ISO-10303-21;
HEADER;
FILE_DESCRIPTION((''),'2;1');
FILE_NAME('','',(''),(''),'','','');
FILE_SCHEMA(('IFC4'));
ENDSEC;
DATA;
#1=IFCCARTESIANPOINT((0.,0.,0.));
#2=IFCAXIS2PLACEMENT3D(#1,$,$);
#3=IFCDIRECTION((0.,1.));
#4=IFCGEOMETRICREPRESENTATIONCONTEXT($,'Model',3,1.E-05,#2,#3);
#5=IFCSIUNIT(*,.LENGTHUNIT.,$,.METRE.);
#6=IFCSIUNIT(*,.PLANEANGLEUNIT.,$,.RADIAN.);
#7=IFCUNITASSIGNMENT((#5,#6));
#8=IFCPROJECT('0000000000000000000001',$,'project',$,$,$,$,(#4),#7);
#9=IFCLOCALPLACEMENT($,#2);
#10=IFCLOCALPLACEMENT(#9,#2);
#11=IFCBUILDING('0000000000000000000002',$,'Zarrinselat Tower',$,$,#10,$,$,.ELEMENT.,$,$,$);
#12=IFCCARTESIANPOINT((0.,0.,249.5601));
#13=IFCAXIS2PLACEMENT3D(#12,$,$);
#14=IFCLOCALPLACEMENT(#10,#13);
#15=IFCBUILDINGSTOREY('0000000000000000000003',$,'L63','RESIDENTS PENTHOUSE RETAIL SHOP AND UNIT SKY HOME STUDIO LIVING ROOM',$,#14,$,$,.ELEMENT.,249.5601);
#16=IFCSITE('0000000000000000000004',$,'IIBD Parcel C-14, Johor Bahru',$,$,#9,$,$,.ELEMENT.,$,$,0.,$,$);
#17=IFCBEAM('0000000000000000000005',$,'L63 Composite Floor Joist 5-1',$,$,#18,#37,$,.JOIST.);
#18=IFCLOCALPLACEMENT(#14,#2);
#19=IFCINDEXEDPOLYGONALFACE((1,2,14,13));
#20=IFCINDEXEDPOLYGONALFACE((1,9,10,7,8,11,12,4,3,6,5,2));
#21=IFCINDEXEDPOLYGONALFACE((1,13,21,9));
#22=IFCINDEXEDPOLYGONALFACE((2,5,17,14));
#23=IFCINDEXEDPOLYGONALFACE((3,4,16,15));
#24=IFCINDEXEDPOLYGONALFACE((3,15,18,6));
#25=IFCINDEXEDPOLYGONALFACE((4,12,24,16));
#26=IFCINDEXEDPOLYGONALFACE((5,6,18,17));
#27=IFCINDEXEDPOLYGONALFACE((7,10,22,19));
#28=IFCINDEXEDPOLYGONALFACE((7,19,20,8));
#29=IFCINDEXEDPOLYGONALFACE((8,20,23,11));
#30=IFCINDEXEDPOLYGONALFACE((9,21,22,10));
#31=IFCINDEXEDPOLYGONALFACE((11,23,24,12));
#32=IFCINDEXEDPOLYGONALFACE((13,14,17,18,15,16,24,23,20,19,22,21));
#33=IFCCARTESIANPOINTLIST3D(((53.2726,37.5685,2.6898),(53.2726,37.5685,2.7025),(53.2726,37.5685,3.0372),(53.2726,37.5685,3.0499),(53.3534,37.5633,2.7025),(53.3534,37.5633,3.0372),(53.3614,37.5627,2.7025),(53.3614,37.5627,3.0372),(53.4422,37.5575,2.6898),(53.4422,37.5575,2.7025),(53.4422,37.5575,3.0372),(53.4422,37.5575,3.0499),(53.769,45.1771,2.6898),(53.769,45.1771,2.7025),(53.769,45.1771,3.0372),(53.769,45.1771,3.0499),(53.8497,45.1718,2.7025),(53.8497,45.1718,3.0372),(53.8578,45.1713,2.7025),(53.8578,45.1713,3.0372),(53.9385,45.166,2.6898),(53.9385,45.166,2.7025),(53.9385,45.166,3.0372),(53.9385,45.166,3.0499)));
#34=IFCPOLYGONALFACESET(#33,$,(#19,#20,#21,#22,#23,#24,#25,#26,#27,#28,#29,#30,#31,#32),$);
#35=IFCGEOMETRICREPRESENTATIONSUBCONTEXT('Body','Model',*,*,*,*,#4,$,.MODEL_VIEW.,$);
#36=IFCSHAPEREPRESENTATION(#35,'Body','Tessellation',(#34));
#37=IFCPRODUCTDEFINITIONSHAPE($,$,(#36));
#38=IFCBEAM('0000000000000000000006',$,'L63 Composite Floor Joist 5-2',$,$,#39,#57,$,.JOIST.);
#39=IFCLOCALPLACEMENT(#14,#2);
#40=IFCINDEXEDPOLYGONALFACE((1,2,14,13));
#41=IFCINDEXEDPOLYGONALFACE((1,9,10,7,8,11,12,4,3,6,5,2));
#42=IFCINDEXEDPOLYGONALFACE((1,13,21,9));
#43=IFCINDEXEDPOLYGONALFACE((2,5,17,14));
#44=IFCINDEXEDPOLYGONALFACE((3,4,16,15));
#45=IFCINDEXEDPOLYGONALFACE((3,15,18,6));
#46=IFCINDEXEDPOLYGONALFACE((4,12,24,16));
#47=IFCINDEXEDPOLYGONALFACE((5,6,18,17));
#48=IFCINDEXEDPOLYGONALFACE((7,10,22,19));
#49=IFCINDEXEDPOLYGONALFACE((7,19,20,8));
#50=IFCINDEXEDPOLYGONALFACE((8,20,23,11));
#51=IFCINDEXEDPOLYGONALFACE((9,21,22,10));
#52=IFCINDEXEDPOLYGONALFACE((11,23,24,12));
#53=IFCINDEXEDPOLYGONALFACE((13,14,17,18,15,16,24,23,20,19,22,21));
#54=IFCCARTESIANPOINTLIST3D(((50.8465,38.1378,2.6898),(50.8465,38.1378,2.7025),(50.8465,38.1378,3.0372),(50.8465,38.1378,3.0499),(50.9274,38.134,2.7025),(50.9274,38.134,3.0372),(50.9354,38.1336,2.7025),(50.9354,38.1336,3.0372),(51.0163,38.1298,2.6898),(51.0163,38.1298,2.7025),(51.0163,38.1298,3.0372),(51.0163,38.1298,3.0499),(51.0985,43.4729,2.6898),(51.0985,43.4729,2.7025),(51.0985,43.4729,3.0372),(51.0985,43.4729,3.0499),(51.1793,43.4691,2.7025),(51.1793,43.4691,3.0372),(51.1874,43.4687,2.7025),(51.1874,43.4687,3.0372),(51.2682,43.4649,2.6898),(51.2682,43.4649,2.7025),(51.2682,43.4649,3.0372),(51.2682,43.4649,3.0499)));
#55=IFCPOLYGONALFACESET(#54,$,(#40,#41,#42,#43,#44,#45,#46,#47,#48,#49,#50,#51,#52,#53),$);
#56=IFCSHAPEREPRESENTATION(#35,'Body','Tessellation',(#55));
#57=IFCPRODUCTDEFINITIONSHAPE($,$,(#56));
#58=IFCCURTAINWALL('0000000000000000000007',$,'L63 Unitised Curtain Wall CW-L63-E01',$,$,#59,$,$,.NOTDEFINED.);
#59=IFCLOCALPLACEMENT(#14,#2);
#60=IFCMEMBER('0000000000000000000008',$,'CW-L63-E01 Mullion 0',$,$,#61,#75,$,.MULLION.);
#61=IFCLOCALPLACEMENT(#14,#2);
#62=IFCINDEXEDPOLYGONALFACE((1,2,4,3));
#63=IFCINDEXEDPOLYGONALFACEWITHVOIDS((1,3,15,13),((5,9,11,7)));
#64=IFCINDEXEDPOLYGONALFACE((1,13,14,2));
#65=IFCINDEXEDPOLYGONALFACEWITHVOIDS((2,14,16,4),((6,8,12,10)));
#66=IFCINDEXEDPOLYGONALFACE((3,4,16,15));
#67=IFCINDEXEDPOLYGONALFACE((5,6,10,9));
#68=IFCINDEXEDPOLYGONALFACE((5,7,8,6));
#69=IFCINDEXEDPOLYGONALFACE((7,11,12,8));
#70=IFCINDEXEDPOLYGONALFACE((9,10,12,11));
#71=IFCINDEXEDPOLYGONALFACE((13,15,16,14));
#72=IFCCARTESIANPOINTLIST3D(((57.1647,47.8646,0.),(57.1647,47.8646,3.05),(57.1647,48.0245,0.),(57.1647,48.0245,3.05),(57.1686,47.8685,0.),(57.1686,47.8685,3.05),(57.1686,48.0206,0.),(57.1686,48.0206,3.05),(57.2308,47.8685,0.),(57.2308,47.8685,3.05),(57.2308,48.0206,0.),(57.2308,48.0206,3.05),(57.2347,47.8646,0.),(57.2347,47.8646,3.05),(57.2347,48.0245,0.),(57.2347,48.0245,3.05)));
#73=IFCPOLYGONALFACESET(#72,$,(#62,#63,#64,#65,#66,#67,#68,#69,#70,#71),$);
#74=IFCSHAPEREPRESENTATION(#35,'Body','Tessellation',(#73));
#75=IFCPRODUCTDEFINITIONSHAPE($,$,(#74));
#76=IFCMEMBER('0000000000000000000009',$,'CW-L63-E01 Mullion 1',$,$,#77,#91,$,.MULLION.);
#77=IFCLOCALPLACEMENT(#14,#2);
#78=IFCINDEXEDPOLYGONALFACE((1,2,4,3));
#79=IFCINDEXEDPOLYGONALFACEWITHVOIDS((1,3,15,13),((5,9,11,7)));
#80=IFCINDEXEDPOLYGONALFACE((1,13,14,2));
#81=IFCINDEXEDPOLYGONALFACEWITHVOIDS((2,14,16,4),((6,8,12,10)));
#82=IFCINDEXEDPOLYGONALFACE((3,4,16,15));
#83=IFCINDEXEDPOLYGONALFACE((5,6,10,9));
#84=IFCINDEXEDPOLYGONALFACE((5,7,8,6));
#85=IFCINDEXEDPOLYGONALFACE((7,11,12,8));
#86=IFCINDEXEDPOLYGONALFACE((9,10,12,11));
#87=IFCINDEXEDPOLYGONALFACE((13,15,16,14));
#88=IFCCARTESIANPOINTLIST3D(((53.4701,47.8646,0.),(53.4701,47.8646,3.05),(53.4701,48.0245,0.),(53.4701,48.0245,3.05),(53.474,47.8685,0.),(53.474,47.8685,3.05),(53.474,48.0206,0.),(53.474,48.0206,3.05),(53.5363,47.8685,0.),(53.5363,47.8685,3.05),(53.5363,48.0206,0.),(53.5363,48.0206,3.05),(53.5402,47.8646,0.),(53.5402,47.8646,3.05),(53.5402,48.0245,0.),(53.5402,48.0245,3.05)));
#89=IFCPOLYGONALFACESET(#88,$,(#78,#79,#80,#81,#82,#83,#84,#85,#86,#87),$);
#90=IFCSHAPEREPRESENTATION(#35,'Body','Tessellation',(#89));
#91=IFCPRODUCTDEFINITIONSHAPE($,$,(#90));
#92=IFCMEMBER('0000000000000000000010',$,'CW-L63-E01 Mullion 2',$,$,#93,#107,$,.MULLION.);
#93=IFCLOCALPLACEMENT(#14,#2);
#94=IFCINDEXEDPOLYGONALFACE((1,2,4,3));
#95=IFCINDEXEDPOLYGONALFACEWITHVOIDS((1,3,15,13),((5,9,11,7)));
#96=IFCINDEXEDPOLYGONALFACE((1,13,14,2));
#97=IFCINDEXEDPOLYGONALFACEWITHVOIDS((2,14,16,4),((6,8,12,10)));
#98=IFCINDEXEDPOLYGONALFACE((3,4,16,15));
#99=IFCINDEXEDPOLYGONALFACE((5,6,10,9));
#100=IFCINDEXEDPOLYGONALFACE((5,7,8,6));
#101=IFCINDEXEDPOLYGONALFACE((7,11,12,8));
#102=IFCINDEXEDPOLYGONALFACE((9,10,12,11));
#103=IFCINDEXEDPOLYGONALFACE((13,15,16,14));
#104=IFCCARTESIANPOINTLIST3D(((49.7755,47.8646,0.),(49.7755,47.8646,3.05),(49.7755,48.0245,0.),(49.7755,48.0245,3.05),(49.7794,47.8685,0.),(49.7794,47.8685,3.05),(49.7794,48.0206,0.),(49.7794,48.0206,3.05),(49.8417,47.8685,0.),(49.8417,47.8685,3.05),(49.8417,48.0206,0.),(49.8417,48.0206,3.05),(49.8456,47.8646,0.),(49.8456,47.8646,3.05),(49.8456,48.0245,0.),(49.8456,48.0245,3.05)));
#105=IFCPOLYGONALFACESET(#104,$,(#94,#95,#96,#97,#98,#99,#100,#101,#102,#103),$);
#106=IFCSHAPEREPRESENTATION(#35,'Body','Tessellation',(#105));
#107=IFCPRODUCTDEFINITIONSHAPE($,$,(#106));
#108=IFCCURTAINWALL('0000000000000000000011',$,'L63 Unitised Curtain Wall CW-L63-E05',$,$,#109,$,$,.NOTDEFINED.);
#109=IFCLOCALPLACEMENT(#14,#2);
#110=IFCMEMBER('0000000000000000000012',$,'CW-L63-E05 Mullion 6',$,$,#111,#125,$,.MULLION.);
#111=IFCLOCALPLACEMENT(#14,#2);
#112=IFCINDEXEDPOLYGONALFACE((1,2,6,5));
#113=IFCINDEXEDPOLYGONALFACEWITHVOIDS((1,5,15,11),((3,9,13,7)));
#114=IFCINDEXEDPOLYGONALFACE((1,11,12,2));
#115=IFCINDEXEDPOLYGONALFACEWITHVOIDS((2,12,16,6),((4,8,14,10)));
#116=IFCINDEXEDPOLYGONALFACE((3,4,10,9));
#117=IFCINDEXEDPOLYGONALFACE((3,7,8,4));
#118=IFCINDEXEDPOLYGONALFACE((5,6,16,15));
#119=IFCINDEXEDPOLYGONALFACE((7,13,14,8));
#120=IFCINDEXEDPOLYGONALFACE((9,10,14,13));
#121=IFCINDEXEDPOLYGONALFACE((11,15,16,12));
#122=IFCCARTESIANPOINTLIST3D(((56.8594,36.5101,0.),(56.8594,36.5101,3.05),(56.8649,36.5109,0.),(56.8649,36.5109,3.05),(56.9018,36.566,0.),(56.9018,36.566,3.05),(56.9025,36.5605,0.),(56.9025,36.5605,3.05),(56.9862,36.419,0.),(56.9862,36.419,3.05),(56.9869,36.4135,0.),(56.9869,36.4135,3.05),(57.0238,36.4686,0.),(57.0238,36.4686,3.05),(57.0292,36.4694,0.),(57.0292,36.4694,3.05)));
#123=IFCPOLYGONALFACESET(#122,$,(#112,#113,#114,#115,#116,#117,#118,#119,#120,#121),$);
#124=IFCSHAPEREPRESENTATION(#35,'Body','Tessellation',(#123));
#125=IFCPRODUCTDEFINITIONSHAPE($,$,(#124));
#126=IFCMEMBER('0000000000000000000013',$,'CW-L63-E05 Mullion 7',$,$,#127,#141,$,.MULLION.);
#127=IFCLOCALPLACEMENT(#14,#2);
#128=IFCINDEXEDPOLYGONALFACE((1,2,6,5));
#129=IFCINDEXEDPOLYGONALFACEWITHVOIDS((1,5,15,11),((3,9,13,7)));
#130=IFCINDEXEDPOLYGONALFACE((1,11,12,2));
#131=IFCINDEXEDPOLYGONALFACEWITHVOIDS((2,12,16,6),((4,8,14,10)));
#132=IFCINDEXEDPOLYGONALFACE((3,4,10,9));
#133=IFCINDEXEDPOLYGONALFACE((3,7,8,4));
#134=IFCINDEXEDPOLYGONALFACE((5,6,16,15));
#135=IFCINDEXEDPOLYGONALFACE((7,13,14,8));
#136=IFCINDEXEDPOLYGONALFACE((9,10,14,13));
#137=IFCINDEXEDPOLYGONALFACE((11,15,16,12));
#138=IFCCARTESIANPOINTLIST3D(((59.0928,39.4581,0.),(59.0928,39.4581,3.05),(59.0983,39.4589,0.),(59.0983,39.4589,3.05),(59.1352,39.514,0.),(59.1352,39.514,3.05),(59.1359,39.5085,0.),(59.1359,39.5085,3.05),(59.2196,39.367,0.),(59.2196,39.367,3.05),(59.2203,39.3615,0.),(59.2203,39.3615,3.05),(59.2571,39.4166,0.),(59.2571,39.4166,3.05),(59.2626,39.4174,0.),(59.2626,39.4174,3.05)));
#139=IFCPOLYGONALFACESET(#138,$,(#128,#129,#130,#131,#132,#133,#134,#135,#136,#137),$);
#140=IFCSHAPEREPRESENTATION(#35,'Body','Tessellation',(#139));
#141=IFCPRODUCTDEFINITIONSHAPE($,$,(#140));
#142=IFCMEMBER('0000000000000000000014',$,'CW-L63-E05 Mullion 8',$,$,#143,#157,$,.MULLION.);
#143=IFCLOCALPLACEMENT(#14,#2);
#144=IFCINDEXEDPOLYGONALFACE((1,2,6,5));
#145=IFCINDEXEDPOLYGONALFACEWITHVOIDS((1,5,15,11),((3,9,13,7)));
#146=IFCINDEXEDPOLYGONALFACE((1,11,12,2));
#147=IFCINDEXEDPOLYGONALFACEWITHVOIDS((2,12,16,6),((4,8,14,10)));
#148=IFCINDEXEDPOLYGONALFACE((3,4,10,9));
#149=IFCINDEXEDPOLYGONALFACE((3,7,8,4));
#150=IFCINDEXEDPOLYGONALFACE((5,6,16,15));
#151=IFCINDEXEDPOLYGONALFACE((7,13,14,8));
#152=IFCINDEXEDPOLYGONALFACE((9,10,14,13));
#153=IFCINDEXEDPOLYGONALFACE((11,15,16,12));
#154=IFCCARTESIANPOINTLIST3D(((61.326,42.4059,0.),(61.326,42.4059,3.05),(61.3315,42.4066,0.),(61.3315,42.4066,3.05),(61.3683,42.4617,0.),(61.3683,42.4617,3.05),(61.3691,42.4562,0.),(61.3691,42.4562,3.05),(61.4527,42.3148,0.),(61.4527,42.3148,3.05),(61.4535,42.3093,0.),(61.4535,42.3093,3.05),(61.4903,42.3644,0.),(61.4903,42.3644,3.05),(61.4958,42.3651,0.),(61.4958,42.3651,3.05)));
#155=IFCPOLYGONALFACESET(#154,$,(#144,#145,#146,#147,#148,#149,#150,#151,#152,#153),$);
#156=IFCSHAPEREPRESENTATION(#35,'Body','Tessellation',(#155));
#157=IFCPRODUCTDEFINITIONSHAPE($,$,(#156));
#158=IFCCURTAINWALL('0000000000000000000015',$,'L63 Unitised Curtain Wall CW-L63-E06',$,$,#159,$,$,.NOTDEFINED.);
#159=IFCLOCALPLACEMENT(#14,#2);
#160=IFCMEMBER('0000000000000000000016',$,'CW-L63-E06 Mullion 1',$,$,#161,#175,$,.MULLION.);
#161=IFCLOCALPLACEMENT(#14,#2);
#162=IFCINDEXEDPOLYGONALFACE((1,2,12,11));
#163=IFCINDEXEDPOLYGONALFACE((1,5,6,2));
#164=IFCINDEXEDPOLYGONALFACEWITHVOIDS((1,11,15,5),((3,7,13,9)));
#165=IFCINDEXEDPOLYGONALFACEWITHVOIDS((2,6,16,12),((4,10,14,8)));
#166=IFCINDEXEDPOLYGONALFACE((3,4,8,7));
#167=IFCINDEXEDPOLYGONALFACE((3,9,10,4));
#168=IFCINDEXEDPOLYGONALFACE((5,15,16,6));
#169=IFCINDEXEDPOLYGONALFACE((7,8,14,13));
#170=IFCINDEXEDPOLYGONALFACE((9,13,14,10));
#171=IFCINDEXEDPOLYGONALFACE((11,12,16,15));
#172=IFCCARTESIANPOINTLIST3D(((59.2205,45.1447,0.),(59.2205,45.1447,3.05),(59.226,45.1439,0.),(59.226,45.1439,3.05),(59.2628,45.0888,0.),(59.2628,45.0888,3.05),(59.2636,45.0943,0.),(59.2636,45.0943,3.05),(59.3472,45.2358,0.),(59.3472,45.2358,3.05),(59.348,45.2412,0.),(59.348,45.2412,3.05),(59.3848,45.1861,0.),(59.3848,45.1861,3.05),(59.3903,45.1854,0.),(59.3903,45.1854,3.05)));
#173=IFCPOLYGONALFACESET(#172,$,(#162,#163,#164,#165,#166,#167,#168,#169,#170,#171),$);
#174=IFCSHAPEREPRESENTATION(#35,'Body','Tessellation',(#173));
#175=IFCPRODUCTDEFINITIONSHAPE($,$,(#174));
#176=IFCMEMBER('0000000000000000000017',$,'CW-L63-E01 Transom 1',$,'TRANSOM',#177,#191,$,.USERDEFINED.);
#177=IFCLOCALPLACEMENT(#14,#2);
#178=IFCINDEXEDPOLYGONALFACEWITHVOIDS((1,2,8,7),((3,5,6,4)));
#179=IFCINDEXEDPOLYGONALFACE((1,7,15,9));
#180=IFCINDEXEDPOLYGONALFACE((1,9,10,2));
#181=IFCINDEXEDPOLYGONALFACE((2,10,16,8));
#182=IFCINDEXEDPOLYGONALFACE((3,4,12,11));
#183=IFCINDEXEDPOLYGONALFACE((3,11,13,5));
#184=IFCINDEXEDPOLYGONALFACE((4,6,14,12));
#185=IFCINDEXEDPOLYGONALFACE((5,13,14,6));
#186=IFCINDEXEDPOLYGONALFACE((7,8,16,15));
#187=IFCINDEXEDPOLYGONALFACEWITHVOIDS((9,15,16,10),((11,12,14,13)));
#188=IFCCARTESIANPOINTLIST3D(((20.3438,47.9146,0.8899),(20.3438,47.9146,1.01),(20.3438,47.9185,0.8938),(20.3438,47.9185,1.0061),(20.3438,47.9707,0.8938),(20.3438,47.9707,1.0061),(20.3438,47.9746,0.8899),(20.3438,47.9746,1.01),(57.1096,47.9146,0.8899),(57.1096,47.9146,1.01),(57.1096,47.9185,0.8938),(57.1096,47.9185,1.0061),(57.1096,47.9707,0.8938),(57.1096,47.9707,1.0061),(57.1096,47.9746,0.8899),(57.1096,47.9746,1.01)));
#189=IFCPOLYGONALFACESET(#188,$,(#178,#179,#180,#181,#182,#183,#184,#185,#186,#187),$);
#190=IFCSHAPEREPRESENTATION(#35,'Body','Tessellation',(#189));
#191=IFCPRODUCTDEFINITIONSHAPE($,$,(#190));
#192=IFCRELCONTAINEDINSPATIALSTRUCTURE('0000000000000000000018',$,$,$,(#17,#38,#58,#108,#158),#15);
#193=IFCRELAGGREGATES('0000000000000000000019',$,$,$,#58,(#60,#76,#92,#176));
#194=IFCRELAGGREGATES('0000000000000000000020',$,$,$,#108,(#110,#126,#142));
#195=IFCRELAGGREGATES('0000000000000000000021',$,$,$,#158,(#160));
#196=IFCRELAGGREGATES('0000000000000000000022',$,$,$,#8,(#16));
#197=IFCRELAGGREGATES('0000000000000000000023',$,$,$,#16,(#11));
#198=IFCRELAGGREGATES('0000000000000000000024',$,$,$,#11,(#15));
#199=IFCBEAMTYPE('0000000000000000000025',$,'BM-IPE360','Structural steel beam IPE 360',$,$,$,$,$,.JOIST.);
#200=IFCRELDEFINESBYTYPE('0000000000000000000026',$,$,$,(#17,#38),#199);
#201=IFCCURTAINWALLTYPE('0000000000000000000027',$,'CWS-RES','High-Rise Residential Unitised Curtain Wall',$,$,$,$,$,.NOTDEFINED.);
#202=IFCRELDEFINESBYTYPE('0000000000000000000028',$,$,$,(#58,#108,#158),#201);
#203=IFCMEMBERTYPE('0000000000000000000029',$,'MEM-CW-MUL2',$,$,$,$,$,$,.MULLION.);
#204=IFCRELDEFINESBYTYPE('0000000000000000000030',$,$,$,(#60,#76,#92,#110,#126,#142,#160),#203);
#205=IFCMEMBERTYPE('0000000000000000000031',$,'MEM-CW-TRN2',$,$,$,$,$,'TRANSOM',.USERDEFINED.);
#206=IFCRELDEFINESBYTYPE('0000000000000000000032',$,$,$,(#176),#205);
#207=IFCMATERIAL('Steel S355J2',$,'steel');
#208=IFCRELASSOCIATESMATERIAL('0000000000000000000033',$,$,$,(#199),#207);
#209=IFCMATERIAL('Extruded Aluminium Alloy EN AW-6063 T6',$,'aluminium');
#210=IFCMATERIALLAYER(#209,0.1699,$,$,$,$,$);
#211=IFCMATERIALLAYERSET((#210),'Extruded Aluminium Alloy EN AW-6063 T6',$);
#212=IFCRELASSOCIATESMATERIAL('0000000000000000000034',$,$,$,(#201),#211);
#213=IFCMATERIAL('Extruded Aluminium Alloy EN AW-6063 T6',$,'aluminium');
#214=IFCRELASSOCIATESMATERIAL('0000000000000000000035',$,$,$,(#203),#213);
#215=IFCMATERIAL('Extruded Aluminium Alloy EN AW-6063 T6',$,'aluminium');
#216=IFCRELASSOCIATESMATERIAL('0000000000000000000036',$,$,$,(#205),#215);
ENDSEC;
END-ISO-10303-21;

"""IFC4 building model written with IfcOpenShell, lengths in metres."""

from ifc_helpers import new_model, si_unit, direction, frame, origin, origin_2d, place, context, subcontext, project, spatial, hollow_rectangle, i_section, extrude, material, layer, layer_set, material_profile, profile_set, type_object, element, aggregate, save


model = new_model("IFC4")

# Units and contexts
model_context = context("Model", 3, precision=1e-05, world=origin(), true_north=direction((0.0, 1.0)))
body_context = subcontext(model_context, "Body", "Model", "MODEL_VIEW")
ifc_project = project(units=[si_unit("LENGTHUNIT", "METRE"), si_unit("PLANEANGLEUNIT", "RADIAN")], contexts=[model_context])

# Site, building, storey
site_placement = place(None, origin())
site = spatial("IfcSite", under=ifc_project, at=site_placement, Name="IIBD Parcel C-14, Johor Bahru", CompositionType="ELEMENT", RefElevation=0.0)
building_placement = place(site_placement, origin())
building = spatial("IfcBuilding", under=site, at=building_placement, Name="Zarrinselat Tower", CompositionType="ELEMENT")
storey_placement = place(building_placement, frame((0.0, 0.0, 249.5601)))
storey = spatial("IfcBuildingStorey", under=building, at=storey_placement, Name="L63", Description="RESIDENTS PENTHOUSE RETAIL SHOP AND UNIT SKY HOME STUDIO LIVING ROOM", CompositionType="ELEMENT", Elevation=249.5601)

# Beams
ifc_material_1 = material(Name="Steel S355J2", Category="steel")
ifc_material_profile_1 = material_profile(ifc_material_1, i_section(OverallWidth=0.1699, OverallDepth=0.3601, WebThickness=0.0081, FlangeThickness=0.0127, at=origin_2d()), Name="IPE 360")
ifc_profile_set_1 = profile_set([ifc_material_profile_1], Name="Steel S355J2")
beam_type_1 = type_object("IfcBeamType", Name="BM-IPE360", Description="Structural steel beam IPE 360", PredefinedType="JOIST", material=ifc_profile_set_1)
beam_1_placement = place(storey_placement, frame((53.3574, 37.563, 2.8699), z_axis=(0.065095, 0.997879, 0.0), x_axis=(-0.997879, 0.065095, 0.0)))
element("IfcBeam", 1, at=beam_1_placement, inside=storey, type_object=beam_type_1, Name="L63 Composite Floor Joist 5-1", PredefinedType="JOIST", context=body_context, shape_type="SweptSolid", body=[
    extrude(i_section(OverallWidth=0.1699, OverallDepth=0.3601, WebThickness=0.0081, FlangeThickness=0.0127, at=origin_2d()), origin(), (0.0, 0.0, 1.0), 7.6248),
])
beam_2_placement = place(storey_placement, frame((50.9314, 38.1338, 2.8699), z_axis=(0.047172, 0.998887, 0.0), x_axis=(-0.998887, 0.047172, 0.0)))
element("IfcBeam", 2, at=beam_2_placement, inside=storey, type_object=beam_type_1, Name="L63 Composite Floor Joist 5-2", PredefinedType="JOIST", context=body_context, shape_type="SweptSolid", body=[
    extrude(i_section(OverallWidth=0.1699, OverallDepth=0.3601, WebThickness=0.0081, FlangeThickness=0.0127, at=origin_2d()), origin(), (0.0, 0.0, 1.0), 5.3411),
])

# Curtain walls, members
ifc_material_2 = material(Name="Extruded Aluminium Alloy EN AW-6063 T6", Category="aluminium")
ifc_layer_1 = layer(ifc_material_2, 0.1699)
ifc_layer_set_1 = layer_set([ifc_layer_1], Name="Extruded Aluminium Alloy EN AW-6063 T6")
curtain_wall_type = type_object("IfcCurtainWallType", Name="CWS-RES", Description="High-Rise Residential Unitised Curtain Wall", PredefinedType="NOTDEFINED", material=ifc_layer_set_1)
curtain_wall_1_placement = place(storey_placement, origin())
curtain_wall_1 = element("IfcCurtainWall", 3, at=curtain_wall_1_placement, inside=storey, type_object=curtain_wall_type, Name="L63 Unitised Curtain Wall CW-L63-E01", PredefinedType="NOTDEFINED")
ifc_material_3 = material(Name="Extruded Aluminium Alloy EN AW-6063 T6", Category="aluminium")
ifc_material_profile_2 = material_profile(ifc_material_3, hollow_rectangle(XDim=0.0701, YDim=0.1599, WallThickness=0.0039, at=origin_2d()), Name="RHS 160x70x4")
ifc_profile_set_2 = profile_set([ifc_material_profile_2], Name="Extruded Aluminium Alloy EN AW-6063 T6")
member_type_1 = type_object("IfcMemberType", Name="MEM-CW-MUL2", PredefinedType="MULLION", material=ifc_profile_set_2)
member_1_placement = place(storey_placement, frame((57.1997, 47.9446, 0.0), z_axis=(0.0, 0.0, 1.0), x_axis=(-1.0, 0.0, 0.0)))
member_1 = element("IfcMember", 4, at=member_1_placement, type_object=member_type_1, Name="CW-L63-E01 Mullion 0", PredefinedType="MULLION", context=body_context, shape_type="SweptSolid", body=[
    extrude(hollow_rectangle(XDim=0.0701, YDim=0.1599, WallThickness=0.0039, at=origin_2d()), origin(), (0.0, 0.0, 1.0), 3.05),
])
member_2_placement = place(storey_placement, frame((53.5051, 47.9446, 0.0), z_axis=(0.0, 0.0, 1.0), x_axis=(-1.0, 0.0, 0.0)))
member_2 = element("IfcMember", 5, at=member_2_placement, type_object=member_type_1, Name="CW-L63-E01 Mullion 1", PredefinedType="MULLION", context=body_context, shape_type="SweptSolid", body=[
    extrude(hollow_rectangle(XDim=0.0701, YDim=0.1599, WallThickness=0.0039, at=origin_2d()), origin(), (0.0, 0.0, 1.0), 3.05),
])
member_3_placement = place(storey_placement, frame((49.8105, 47.9446, 0.0), z_axis=(0.0, 0.0, 1.0), x_axis=(-1.0, 0.0, 0.0)))
member_3 = element("IfcMember", 6, at=member_3_placement, type_object=member_type_1, Name="CW-L63-E01 Mullion 2", PredefinedType="MULLION", context=body_context, shape_type="SweptSolid", body=[
    extrude(hollow_rectangle(XDim=0.0701, YDim=0.1599, WallThickness=0.0039, at=origin_2d()), origin(), (0.0, 0.0, 1.0), 3.05),
])
curtain_wall_2_placement = place(storey_placement, origin())
curtain_wall_2 = element("IfcCurtainWall", 7, at=curtain_wall_2_placement, inside=storey, type_object=curtain_wall_type, Name="L63 Unitised Curtain Wall CW-L63-E05", PredefinedType="NOTDEFINED")
member_4_placement = place(storey_placement, frame((56.9443, 36.4897, 0.0), z_axis=(0.0, 0.0, 1.0), x_axis=(0.603856, 0.797094, 0.0)))
member_4 = element("IfcMember", 8, at=member_4_placement, type_object=member_type_1, Name="CW-L63-E05 Mullion 6", PredefinedType="MULLION", context=body_context, shape_type="SweptSolid", body=[
    extrude(hollow_rectangle(XDim=0.0701, YDim=0.1599, WallThickness=0.0039, at=origin_2d()), origin(), (0.0, 0.0, 1.0), 3.05),
])
member_5_placement = place(storey_placement, frame((59.1777, 39.4377, 0.0), z_axis=(0.0, 0.0, 1.0), x_axis=(0.603856, 0.797094, 0.0)))
member_5 = element("IfcMember", 9, at=member_5_placement, type_object=member_type_1, Name="CW-L63-E05 Mullion 7", PredefinedType="MULLION", context=body_context, shape_type="SweptSolid", body=[
    extrude(hollow_rectangle(XDim=0.0701, YDim=0.1599, WallThickness=0.0039, at=origin_2d()), origin(), (0.0, 0.0, 1.0), 3.05),
])
member_6_placement = place(storey_placement, frame((61.4109, 42.3855, 0.0), z_axis=(0.0, 0.0, 1.0), x_axis=(0.603856, 0.797094, 0.0)))
member_6 = element("IfcMember", 10, at=member_6_placement, type_object=member_type_1, Name="CW-L63-E05 Mullion 8", PredefinedType="MULLION", context=body_context, shape_type="SweptSolid", body=[
    extrude(hollow_rectangle(XDim=0.0701, YDim=0.1599, WallThickness=0.0039, at=origin_2d()), origin(), (0.0, 0.0, 1.0), 3.05),
])

# Curtain wall, member
curtain_wall_3_placement = place(storey_placement, origin())
curtain_wall_3 = element("IfcCurtainWall", 11, at=curtain_wall_3_placement, inside=storey, type_object=curtain_wall_type, Name="L63 Unitised Curtain Wall CW-L63-E06", PredefinedType="NOTDEFINED")
member_7_placement = place(storey_placement, frame((59.3054, 45.165, 0.0), z_axis=(0.0, 0.0, 1.0), x_axis=(-0.60385, 0.797098, 0.0)))
member_7 = element("IfcMember", 12, at=member_7_placement, type_object=member_type_1, Name="CW-L63-E06 Mullion 1", PredefinedType="MULLION", context=body_context, shape_type="SweptSolid", body=[
    extrude(hollow_rectangle(XDim=0.0701, YDim=0.1599, WallThickness=0.0039, at=origin_2d()), origin(), (0.0, 0.0, 1.0), 3.05),
])

# Member
ifc_material_4 = material(Name="Extruded Aluminium Alloy EN AW-6063 T6", Category="aluminium")
ifc_material_profile_3 = material_profile(ifc_material_4, hollow_rectangle(XDim=0.0601, YDim=0.1201, WallThickness=0.0039, at=origin_2d()), Name="RHS 120x60x4")
ifc_profile_set_3 = profile_set([ifc_material_profile_3], Name="Extruded Aluminium Alloy EN AW-6063 T6")
member_type_2 = type_object("IfcMemberType", Name="MEM-CW-TRN2", ElementType="TRANSOM", PredefinedType="USERDEFINED", material=ifc_profile_set_3)
member_8_placement = place(storey_placement, frame((57.1096, 47.9446, 0.95), z_axis=(-1.0, 0.0, 0.0), x_axis=(0.0, -1.0, 0.0)))
member_8 = element("IfcMember", 13, at=member_8_placement, type_object=member_type_2, Name="CW-L63-E01 Transom 1", ObjectType="TRANSOM", PredefinedType="USERDEFINED", context=body_context, shape_type="SweptSolid", body=[
    extrude(hollow_rectangle(XDim=0.0601, YDim=0.1201, WallThickness=0.0039, at=origin_2d()), origin(), (0.0, 0.0, 1.0), 36.7659),
])

aggregate(curtain_wall_1, [member_1, member_2, member_3, member_8])
aggregate(curtain_wall_2, [member_4, member_5, member_6])
aggregate(curtain_wall_3, [member_7])

save(model, "model.ifc")
